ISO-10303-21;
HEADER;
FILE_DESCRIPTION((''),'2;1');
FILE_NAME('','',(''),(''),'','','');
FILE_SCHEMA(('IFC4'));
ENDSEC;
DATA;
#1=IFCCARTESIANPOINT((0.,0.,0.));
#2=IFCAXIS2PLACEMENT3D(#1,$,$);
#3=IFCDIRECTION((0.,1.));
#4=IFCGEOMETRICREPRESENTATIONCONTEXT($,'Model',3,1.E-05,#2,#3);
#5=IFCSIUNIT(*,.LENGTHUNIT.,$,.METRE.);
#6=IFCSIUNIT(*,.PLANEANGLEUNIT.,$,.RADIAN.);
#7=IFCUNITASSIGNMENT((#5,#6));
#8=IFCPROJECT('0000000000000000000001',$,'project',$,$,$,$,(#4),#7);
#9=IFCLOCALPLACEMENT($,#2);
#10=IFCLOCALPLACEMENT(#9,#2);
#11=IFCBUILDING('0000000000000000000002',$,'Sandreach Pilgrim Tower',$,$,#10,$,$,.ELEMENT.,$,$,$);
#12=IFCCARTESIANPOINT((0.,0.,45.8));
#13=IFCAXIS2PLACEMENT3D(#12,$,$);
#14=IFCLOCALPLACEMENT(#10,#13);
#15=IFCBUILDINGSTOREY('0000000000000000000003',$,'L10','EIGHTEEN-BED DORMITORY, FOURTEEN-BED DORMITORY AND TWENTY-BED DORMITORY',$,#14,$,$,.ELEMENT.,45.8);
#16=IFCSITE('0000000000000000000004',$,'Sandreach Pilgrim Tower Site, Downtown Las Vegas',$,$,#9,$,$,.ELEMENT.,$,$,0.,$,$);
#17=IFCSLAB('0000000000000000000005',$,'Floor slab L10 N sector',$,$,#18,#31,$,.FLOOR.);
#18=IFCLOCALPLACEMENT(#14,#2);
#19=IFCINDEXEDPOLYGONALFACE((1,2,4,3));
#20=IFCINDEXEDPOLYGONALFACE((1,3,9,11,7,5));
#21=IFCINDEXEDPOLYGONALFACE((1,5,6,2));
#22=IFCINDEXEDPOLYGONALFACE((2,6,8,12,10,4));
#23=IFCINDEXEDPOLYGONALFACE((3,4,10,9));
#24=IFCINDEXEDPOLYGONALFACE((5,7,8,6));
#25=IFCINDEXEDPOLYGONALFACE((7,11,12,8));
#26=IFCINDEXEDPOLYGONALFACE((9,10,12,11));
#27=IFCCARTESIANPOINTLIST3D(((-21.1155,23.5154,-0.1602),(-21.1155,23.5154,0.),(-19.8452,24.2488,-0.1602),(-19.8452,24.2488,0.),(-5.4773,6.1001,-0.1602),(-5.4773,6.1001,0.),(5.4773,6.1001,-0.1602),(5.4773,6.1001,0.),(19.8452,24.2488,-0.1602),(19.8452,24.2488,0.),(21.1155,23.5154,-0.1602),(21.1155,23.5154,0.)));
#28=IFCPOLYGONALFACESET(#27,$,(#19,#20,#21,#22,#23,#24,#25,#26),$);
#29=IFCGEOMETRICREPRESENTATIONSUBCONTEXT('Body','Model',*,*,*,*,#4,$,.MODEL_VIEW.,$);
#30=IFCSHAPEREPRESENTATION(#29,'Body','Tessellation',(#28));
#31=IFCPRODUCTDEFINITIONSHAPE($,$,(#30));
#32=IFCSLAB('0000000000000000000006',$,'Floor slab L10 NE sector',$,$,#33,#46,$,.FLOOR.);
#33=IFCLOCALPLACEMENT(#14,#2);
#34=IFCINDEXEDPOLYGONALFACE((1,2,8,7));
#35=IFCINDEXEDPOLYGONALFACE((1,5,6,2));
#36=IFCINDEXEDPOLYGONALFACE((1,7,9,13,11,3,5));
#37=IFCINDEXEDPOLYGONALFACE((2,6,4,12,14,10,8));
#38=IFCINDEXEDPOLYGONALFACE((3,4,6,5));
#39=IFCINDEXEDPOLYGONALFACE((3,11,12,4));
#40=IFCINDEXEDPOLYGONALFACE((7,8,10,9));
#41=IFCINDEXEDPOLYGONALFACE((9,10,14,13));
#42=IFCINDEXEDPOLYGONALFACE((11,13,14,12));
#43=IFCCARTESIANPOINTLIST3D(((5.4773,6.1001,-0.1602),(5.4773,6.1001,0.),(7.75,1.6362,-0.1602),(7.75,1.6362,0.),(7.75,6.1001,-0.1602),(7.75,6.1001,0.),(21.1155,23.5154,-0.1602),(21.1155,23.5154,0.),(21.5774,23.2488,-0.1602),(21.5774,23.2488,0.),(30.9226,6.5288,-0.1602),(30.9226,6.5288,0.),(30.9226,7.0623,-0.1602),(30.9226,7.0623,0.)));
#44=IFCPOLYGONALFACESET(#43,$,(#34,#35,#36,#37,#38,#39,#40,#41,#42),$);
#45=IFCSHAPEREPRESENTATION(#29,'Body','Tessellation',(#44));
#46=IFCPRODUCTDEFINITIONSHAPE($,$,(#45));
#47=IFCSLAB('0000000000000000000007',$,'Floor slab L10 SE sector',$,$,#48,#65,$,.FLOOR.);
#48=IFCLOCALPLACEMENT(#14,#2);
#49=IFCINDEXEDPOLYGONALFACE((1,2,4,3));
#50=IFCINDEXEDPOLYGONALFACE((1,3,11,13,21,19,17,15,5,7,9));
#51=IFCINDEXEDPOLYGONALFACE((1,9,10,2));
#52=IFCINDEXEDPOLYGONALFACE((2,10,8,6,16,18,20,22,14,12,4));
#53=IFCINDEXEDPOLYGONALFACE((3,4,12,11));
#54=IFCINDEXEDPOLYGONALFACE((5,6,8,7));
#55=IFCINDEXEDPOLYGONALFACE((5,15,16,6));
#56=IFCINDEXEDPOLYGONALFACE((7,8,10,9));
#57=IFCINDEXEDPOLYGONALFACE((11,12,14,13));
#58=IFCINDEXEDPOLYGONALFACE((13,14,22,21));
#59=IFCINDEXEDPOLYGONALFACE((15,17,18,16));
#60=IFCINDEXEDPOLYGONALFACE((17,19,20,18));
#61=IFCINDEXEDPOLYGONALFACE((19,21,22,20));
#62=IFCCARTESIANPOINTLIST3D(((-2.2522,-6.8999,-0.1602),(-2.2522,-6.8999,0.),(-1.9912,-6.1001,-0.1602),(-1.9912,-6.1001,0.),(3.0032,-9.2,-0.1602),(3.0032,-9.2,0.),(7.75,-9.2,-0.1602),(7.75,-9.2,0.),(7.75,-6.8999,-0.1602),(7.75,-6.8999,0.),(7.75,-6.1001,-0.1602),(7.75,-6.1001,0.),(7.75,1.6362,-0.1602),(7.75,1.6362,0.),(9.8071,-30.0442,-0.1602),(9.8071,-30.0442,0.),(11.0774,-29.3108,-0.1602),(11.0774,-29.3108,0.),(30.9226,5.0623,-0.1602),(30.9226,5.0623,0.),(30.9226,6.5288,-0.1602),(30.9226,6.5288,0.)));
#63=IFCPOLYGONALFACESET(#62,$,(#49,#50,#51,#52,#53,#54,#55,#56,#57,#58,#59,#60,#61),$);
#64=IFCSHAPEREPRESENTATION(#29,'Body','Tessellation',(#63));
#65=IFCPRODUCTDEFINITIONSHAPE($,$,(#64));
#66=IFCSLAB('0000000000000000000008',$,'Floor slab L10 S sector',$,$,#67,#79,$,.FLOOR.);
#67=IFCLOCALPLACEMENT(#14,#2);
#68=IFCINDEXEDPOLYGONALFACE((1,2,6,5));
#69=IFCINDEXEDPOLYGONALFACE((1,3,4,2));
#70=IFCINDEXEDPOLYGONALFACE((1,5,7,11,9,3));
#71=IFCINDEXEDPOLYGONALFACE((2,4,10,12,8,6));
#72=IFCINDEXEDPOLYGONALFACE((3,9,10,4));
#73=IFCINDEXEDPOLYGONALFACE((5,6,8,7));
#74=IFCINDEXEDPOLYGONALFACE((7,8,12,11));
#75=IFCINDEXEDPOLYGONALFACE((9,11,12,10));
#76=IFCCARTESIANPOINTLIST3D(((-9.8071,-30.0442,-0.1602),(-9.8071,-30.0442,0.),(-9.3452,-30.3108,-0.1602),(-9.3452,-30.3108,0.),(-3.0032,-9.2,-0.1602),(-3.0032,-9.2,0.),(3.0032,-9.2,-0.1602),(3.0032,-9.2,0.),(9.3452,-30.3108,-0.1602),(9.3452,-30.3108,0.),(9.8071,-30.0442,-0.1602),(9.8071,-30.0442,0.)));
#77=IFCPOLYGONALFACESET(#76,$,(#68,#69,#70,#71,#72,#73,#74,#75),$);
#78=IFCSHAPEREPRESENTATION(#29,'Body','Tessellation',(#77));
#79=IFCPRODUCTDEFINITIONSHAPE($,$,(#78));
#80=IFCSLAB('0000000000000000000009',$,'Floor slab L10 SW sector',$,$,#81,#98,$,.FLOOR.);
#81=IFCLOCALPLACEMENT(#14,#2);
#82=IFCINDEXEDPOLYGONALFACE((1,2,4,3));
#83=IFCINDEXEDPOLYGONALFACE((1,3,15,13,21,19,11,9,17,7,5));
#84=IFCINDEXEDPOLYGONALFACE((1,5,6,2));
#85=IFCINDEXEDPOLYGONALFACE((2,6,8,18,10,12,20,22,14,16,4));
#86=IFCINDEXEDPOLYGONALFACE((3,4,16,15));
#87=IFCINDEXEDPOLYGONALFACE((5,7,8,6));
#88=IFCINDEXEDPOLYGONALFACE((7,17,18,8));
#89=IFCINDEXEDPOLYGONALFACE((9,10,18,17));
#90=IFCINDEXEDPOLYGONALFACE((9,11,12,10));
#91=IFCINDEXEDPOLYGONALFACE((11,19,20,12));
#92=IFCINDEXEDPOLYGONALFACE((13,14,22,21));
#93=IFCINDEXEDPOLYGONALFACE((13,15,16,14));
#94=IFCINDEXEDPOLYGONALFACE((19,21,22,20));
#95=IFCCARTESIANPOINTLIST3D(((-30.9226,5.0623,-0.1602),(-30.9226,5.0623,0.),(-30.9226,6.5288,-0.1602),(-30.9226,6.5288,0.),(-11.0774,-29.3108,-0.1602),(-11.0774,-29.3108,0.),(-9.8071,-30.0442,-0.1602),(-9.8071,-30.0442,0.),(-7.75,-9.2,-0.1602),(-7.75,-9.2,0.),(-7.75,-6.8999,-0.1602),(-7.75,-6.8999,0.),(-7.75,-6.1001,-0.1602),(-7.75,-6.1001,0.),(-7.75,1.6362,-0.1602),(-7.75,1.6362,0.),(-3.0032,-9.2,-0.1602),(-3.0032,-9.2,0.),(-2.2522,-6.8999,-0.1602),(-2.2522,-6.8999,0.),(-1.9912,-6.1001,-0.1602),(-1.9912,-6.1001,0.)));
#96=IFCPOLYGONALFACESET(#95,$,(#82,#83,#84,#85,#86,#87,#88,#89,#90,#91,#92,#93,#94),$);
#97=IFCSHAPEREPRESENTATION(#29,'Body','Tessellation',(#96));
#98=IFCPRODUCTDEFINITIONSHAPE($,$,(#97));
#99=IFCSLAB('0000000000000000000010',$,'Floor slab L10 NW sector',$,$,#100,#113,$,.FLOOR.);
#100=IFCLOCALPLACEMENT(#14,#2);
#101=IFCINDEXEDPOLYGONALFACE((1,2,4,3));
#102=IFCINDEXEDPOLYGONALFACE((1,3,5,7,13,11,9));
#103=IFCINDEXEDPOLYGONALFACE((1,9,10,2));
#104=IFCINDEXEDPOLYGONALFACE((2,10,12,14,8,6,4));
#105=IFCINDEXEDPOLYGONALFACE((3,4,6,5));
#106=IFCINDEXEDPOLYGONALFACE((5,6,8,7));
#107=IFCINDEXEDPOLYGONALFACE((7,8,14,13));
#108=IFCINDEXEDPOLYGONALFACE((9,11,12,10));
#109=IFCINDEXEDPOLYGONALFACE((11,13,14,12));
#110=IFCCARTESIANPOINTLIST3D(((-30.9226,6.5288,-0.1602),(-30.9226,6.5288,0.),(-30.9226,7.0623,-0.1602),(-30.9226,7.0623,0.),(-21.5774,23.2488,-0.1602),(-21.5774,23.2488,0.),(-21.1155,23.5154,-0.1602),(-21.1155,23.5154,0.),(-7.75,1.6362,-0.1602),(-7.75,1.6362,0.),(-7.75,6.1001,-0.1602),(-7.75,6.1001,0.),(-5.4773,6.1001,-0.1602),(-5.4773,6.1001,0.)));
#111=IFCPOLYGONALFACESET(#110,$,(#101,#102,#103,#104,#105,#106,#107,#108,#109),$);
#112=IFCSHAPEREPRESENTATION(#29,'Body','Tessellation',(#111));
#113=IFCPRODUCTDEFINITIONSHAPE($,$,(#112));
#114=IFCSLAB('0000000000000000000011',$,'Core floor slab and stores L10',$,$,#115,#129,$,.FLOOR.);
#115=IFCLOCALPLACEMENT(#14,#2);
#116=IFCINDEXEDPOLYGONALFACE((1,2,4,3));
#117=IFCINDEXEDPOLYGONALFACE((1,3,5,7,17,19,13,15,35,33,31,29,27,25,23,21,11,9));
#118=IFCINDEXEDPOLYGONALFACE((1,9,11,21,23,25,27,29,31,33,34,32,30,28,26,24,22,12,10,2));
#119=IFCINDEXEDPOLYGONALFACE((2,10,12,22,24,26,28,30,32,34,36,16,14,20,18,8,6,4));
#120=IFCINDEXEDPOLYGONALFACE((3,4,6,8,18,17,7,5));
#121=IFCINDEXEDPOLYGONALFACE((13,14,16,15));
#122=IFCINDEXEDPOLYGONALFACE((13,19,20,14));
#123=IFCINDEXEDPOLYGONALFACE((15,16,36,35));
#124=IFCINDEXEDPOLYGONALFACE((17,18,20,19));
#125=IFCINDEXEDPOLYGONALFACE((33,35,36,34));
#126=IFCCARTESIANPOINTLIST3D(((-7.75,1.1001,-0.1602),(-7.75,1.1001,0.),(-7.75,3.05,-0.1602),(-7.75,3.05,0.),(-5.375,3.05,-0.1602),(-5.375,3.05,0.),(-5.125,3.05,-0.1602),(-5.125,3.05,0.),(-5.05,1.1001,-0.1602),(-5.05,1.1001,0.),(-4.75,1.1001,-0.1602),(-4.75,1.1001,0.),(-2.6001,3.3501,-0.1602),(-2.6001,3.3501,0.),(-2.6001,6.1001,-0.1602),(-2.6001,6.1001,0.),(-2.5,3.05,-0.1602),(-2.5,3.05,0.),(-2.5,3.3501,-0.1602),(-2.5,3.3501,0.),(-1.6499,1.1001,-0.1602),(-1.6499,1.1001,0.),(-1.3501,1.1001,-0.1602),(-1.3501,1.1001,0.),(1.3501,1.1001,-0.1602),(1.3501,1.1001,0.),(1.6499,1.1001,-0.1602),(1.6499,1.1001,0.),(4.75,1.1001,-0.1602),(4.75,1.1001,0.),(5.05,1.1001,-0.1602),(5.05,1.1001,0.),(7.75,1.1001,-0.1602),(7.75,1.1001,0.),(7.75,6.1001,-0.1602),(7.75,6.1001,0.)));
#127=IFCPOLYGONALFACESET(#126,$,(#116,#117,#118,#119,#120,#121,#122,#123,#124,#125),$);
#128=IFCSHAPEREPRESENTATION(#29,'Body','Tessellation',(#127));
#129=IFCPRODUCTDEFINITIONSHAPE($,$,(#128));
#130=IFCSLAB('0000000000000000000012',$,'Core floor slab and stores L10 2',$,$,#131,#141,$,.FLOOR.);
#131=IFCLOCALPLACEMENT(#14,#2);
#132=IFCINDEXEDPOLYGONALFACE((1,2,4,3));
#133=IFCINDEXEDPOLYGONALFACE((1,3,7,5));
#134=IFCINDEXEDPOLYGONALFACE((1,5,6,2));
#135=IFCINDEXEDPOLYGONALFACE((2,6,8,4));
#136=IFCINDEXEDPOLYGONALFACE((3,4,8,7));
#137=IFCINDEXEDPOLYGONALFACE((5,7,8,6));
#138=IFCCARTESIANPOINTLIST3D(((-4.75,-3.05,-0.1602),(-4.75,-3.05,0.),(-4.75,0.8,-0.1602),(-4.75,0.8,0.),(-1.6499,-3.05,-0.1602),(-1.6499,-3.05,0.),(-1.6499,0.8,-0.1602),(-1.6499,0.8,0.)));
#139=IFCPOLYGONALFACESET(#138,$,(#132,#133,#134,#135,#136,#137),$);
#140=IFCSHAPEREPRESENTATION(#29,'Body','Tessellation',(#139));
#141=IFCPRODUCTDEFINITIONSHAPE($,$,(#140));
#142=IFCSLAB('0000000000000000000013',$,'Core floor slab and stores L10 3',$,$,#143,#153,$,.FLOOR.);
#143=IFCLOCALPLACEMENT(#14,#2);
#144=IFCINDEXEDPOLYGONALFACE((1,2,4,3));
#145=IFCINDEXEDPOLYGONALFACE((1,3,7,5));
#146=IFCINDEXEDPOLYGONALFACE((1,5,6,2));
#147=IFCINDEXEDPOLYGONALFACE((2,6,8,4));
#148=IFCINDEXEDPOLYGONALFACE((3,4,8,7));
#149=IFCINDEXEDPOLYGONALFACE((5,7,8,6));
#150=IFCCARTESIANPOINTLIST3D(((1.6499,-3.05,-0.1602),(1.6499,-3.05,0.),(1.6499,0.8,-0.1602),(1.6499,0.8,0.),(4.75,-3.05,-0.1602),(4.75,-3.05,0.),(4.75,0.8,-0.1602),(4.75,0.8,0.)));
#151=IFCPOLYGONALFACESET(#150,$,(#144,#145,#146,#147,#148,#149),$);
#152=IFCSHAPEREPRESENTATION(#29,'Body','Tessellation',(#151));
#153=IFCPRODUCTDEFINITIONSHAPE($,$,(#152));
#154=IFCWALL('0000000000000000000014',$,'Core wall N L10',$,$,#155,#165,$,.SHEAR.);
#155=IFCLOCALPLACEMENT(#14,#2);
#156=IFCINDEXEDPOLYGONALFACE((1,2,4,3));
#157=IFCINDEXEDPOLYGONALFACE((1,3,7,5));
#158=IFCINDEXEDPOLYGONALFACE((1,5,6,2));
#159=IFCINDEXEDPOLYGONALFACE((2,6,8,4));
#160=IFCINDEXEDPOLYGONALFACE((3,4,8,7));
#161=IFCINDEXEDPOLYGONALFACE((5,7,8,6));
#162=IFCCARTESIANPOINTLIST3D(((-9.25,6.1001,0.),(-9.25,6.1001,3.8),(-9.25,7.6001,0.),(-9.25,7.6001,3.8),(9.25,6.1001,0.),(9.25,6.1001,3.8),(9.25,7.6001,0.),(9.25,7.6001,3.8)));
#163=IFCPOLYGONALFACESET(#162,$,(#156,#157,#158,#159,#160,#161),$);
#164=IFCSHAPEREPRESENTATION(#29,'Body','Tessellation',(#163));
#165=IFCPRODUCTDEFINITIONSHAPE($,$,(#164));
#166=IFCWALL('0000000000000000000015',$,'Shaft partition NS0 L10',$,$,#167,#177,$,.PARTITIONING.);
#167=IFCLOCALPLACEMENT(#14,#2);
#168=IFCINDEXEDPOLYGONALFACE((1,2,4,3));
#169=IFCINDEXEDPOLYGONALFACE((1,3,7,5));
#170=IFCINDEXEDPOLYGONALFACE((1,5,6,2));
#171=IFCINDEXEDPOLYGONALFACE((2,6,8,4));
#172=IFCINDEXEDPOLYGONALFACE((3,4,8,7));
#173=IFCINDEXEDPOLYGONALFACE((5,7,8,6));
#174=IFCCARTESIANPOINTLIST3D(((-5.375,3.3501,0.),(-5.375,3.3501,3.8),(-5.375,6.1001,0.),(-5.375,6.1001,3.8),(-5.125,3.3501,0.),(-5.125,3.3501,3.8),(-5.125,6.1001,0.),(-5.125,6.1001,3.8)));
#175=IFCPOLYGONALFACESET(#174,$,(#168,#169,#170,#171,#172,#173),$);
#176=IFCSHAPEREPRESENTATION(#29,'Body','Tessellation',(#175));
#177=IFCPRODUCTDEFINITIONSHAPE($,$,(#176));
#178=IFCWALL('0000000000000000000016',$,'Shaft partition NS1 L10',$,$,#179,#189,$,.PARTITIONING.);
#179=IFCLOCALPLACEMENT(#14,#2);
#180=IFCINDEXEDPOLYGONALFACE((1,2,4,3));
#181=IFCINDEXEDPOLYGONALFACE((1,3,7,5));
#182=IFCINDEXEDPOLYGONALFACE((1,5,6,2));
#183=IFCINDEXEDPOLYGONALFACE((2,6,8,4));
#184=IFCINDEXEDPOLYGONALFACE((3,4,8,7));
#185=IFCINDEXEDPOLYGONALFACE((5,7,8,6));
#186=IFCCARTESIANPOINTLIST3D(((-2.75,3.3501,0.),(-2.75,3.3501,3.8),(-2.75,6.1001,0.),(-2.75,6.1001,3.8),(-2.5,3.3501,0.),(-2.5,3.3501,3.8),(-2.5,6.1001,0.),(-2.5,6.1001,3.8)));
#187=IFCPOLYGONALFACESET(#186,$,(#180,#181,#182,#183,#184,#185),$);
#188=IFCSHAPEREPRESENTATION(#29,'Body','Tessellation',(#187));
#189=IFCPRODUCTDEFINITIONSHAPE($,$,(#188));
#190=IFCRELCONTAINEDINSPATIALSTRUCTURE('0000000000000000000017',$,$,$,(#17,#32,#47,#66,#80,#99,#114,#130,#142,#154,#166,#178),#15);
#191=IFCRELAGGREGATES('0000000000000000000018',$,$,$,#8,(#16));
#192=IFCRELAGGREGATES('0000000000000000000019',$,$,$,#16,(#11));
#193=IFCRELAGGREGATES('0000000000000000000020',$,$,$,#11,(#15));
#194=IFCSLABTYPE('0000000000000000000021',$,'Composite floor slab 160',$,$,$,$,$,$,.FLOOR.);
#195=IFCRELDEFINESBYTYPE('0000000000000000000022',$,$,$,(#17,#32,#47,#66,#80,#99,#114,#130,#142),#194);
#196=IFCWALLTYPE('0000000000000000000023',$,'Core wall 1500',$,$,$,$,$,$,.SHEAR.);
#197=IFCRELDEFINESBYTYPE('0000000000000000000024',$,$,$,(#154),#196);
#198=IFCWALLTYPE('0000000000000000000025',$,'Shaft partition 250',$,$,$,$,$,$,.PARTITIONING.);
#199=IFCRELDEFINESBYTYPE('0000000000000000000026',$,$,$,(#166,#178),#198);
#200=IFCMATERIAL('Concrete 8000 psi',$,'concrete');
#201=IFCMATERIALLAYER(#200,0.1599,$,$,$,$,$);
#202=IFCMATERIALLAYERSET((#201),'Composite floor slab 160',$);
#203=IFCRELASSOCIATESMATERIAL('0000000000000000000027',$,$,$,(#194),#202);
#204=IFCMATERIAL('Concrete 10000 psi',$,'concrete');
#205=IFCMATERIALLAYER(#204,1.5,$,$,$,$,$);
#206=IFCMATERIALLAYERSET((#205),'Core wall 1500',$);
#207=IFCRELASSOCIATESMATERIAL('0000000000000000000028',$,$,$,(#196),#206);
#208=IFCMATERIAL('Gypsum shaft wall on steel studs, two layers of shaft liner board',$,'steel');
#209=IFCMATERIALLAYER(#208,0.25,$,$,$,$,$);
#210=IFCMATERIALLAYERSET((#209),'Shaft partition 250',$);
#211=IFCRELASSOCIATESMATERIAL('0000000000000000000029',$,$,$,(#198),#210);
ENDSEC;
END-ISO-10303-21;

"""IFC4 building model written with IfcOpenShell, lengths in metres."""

from ifc_helpers import new_model, si_unit, direction, frame, frame_2d, origin, place, context, subcontext, project, spatial, polyline, rectangle, outline, extrude, material, layer, layer_set, type_object, element, save


model = new_model("IFC4")

# Units and contexts
model_context = context("Model", 3, precision=1e-05, world=origin(), true_north=direction((0.0, 1.0)))
body_context = subcontext(model_context, "Body", "Model", "MODEL_VIEW")
ifc_project = project(units=[si_unit("LENGTHUNIT", "METRE"), si_unit("PLANEANGLEUNIT", "RADIAN")], contexts=[model_context])

# Site, building, storey
site_placement = place(None, origin())
site = spatial("IfcSite", under=ifc_project, at=site_placement, Name="Sandreach Pilgrim Tower Site, Downtown Las Vegas", CompositionType="ELEMENT", RefElevation=0.0)
building_placement = place(site_placement, origin())
building = spatial("IfcBuilding", under=site, at=building_placement, Name="Sandreach Pilgrim Tower", CompositionType="ELEMENT")
storey_placement = place(building_placement, frame((0.0, 0.0, 45.8)))
storey = spatial("IfcBuildingStorey", under=building, at=storey_placement, Name="L10", Description="EIGHTEEN-BED DORMITORY, FOURTEEN-BED DORMITORY AND TWENTY-BED DORMITORY", CompositionType="ELEMENT", Elevation=45.8)

# Slabs
ifc_material_1 = material(Name="Concrete 8000 psi", Category="concrete")
ifc_layer_1 = layer(ifc_material_1, 0.1599)
ifc_layer_set_1 = layer_set([ifc_layer_1], Name="Composite floor slab 160")
slab_type = type_object("IfcSlabType", Name="Composite floor slab 160", PredefinedType="FLOOR", material=ifc_layer_set_1)
slab_1_placement = place(storey_placement, frame((0.0, 0.0, -0.1602)))
element("IfcSlab", 1, at=slab_1_placement, inside=storey, type_object=slab_type, Name="Floor slab L10 N sector", PredefinedType="FLOOR", context=body_context, shape_type="SweptSolid", body=[
    extrude(outline(polyline([(-19.8452, 24.2488), (19.8452, 24.2488), (21.1155, 23.5154), (5.4773, 6.1001), (-5.4773, 6.1001), (-21.1155, 23.5154), (-19.8452, 24.2488)])), origin(), (0.0, 0.0, 1.0), 0.1602),
])
slab_2_placement = place(storey_placement, frame((0.0, 0.0, -0.1602)))
element("IfcSlab", 2, at=slab_2_placement, inside=storey, type_object=slab_type, Name="Floor slab L10 NE sector", PredefinedType="FLOOR", context=body_context, shape_type="SweptSolid", body=[
    extrude(outline(polyline([(21.5774, 23.2488), (30.9226, 7.0623), (30.9226, 6.5288), (7.75, 1.6362), (7.75, 6.1001), (5.4773, 6.1001), (21.1155, 23.5154), (21.5774, 23.2488)])), origin(), (0.0, 0.0, 1.0), 0.1602),
])
slab_3_placement = place(storey_placement, frame((0.0, 0.0, -0.1602)))
element("IfcSlab", 3, at=slab_3_placement, inside=storey, type_object=slab_type, Name="Floor slab L10 SE sector", PredefinedType="FLOOR", context=body_context, shape_type="SweptSolid", body=[
    extrude(outline(polyline([(11.0774, -29.3108), (9.8071, -30.0442), (3.0032, -9.2), (7.75, -9.2), (7.75, -6.8999), (-2.2522, -6.8999), (-1.9912, -6.1001), (7.75, -6.1001), (7.75, 1.6362), (30.9226, 6.5288), (30.9226, 5.0623), (11.0774, -29.3108)])), origin(), (0.0, 0.0, 1.0), 0.1602),
])
slab_4_placement = place(storey_placement, frame((0.0, 0.0, -0.1602)))
element("IfcSlab", 4, at=slab_4_placement, inside=storey, type_object=slab_type, Name="Floor slab L10 S sector", PredefinedType="FLOOR", context=body_context, shape_type="SweptSolid", body=[
    extrude(outline(polyline([(9.3452, -30.3108), (-9.3452, -30.3108), (-9.8071, -30.0442), (-3.0032, -9.2), (3.0032, -9.2), (9.8071, -30.0442), (9.3452, -30.3108)])), origin(), (0.0, 0.0, 1.0), 0.1602),
])
slab_5_placement = place(storey_placement, frame((0.0, 0.0, -0.1602)))
element("IfcSlab", 5, at=slab_5_placement, inside=storey, type_object=slab_type, Name="Floor slab L10 SW sector", PredefinedType="FLOOR", context=body_context, shape_type="SweptSolid", body=[
    extrude(outline(polyline([(-11.0774, -29.3108), (-30.9226, 5.0623), (-30.9226, 6.5288), (-7.75, 1.6362), (-7.75, -6.1001), (-1.9912, -6.1001), (-2.2522, -6.8999), (-7.75, -6.8999), (-7.75, -9.2), (-3.0032, -9.2), (-9.8071, -30.0442), (-11.0774, -29.3108)])), origin(), (0.0, 0.0, 1.0), 0.1602),
])
slab_6_placement = place(storey_placement, frame((0.0, 0.0, -0.1602)))
element("IfcSlab", 6, at=slab_6_placement, inside=storey, type_object=slab_type, Name="Floor slab L10 NW sector", PredefinedType="FLOOR", context=body_context, shape_type="SweptSolid", body=[
    extrude(outline(polyline([(-30.9226, 7.0623), (-21.5774, 23.2488), (-21.1155, 23.5154), (-5.4773, 6.1001), (-7.75, 6.1001), (-7.75, 1.6362), (-30.9226, 6.5288), (-30.9226, 7.0623)])), origin(), (0.0, 0.0, 1.0), 0.1602),
])
slab_7_placement = place(storey_placement, frame((0.0, 0.0, -0.1602)))
element("IfcSlab", 7, at=slab_7_placement, inside=storey, type_object=slab_type, Name="Core floor slab and stores L10", PredefinedType="FLOOR", context=body_context, shape_type="SweptSolid", body=[
    extrude(outline(polyline([(-7.75, 3.05), (-5.375, 3.05), (-5.125, 3.05), (-2.5, 3.05), (-2.5, 3.3501), (-2.6001, 3.3501), (-2.6001, 6.1001), (7.75, 6.1001), (7.75, 1.1001), (5.05, 1.1001), (4.75, 1.1001), (1.6499, 1.1001), (1.3501, 1.1001), (-1.3501, 1.1001), (-1.6499, 1.1001), (-4.75, 1.1001), (-5.05, 1.1001), (-7.75, 1.1001), (-7.75, 3.05)])), origin(), (0.0, 0.0, 1.0), 0.1602),
])
slab_8_placement = place(storey_placement, frame((0.0, 0.0, -0.1602)))
element("IfcSlab", 8, at=slab_8_placement, inside=storey, type_object=slab_type, Name="Core floor slab and stores L10 2", PredefinedType="FLOOR", context=body_context, shape_type="SweptSolid", body=[
    extrude(outline(polyline([(-1.6499, -3.05), (-4.75, -3.05), (-4.75, 0.8), (-1.6499, 0.8), (-1.6499, -3.05)])), origin(), (0.0, 0.0, 1.0), 0.1602),
])
slab_9_placement = place(storey_placement, frame((0.0, 0.0, -0.1602)))
element("IfcSlab", 9, at=slab_9_placement, inside=storey, type_object=slab_type, Name="Core floor slab and stores L10 3", PredefinedType="FLOOR", context=body_context, shape_type="SweptSolid", body=[
    extrude(outline(polyline([(4.75, -3.05), (1.6499, -3.05), (1.6499, 0.8), (4.75, 0.8), (4.75, -3.05)])), origin(), (0.0, 0.0, 1.0), 0.1602),
])

# Walls
ifc_material_2 = material(Name="Concrete 10000 psi", Category="concrete")
ifc_layer_2 = layer(ifc_material_2, 1.5)
ifc_layer_set_2 = layer_set([ifc_layer_2], Name="Core wall 1500")
wall_type_1 = type_object("IfcWallType", Name="Core wall 1500", PredefinedType="SHEAR", material=ifc_layer_set_2)
wall_1_placement = place(storey_placement, frame((-9.25, 6.8501, 0.0), z_axis=(0.0, 0.0, 1.0), x_axis=(1.0, 0.0, 0.0)))
element("IfcWall", 10, at=wall_1_placement, inside=storey, type_object=wall_type_1, Name="Core wall N L10", PredefinedType="SHEAR", context=body_context, shape_type="SweptSolid", body=[
    extrude(rectangle(XDim=18.5, YDim=1.5, at=frame_2d((9.25, 0.0))), origin(), (0.0, 0.0, 1.0), 3.8),
])
ifc_material_3 = material(Name="Gypsum shaft wall on steel studs, two layers of shaft liner board", Category="steel")
ifc_layer_3 = layer(ifc_material_3, 0.25)
ifc_layer_set_3 = layer_set([ifc_layer_3], Name="Shaft partition 250")
wall_type_2 = type_object("IfcWallType", Name="Shaft partition 250", PredefinedType="PARTITIONING", material=ifc_layer_set_3)
for number, where, z_axis, x_axis, name in (
    (11, (-5.25, 3.3501, 0.0), (0.0, 0.0, 1.0), (0.0, 1.0, 0.0), "Shaft partition NS0 L10"),
    (12, (-2.625, 3.3501, 0.0), (0.0, 0.0, 1.0), (0.0, 1.0, 0.0), "Shaft partition NS1 L10"),
):
    element("IfcWall", number, at=place(storey_placement, frame(where, z_axis=z_axis, x_axis=x_axis)), inside=storey, type_object=wall_type_2, Name=name, PredefinedType="PARTITIONING", context=body_context, shape_type="SweptSolid", body=[
        extrude(rectangle(XDim=2.75, YDim=0.25, at=frame_2d((1.375, 0.0))), origin(), (0.0, 0.0, 1.0), 3.8),
    ])

save(model, "model.ifc")
